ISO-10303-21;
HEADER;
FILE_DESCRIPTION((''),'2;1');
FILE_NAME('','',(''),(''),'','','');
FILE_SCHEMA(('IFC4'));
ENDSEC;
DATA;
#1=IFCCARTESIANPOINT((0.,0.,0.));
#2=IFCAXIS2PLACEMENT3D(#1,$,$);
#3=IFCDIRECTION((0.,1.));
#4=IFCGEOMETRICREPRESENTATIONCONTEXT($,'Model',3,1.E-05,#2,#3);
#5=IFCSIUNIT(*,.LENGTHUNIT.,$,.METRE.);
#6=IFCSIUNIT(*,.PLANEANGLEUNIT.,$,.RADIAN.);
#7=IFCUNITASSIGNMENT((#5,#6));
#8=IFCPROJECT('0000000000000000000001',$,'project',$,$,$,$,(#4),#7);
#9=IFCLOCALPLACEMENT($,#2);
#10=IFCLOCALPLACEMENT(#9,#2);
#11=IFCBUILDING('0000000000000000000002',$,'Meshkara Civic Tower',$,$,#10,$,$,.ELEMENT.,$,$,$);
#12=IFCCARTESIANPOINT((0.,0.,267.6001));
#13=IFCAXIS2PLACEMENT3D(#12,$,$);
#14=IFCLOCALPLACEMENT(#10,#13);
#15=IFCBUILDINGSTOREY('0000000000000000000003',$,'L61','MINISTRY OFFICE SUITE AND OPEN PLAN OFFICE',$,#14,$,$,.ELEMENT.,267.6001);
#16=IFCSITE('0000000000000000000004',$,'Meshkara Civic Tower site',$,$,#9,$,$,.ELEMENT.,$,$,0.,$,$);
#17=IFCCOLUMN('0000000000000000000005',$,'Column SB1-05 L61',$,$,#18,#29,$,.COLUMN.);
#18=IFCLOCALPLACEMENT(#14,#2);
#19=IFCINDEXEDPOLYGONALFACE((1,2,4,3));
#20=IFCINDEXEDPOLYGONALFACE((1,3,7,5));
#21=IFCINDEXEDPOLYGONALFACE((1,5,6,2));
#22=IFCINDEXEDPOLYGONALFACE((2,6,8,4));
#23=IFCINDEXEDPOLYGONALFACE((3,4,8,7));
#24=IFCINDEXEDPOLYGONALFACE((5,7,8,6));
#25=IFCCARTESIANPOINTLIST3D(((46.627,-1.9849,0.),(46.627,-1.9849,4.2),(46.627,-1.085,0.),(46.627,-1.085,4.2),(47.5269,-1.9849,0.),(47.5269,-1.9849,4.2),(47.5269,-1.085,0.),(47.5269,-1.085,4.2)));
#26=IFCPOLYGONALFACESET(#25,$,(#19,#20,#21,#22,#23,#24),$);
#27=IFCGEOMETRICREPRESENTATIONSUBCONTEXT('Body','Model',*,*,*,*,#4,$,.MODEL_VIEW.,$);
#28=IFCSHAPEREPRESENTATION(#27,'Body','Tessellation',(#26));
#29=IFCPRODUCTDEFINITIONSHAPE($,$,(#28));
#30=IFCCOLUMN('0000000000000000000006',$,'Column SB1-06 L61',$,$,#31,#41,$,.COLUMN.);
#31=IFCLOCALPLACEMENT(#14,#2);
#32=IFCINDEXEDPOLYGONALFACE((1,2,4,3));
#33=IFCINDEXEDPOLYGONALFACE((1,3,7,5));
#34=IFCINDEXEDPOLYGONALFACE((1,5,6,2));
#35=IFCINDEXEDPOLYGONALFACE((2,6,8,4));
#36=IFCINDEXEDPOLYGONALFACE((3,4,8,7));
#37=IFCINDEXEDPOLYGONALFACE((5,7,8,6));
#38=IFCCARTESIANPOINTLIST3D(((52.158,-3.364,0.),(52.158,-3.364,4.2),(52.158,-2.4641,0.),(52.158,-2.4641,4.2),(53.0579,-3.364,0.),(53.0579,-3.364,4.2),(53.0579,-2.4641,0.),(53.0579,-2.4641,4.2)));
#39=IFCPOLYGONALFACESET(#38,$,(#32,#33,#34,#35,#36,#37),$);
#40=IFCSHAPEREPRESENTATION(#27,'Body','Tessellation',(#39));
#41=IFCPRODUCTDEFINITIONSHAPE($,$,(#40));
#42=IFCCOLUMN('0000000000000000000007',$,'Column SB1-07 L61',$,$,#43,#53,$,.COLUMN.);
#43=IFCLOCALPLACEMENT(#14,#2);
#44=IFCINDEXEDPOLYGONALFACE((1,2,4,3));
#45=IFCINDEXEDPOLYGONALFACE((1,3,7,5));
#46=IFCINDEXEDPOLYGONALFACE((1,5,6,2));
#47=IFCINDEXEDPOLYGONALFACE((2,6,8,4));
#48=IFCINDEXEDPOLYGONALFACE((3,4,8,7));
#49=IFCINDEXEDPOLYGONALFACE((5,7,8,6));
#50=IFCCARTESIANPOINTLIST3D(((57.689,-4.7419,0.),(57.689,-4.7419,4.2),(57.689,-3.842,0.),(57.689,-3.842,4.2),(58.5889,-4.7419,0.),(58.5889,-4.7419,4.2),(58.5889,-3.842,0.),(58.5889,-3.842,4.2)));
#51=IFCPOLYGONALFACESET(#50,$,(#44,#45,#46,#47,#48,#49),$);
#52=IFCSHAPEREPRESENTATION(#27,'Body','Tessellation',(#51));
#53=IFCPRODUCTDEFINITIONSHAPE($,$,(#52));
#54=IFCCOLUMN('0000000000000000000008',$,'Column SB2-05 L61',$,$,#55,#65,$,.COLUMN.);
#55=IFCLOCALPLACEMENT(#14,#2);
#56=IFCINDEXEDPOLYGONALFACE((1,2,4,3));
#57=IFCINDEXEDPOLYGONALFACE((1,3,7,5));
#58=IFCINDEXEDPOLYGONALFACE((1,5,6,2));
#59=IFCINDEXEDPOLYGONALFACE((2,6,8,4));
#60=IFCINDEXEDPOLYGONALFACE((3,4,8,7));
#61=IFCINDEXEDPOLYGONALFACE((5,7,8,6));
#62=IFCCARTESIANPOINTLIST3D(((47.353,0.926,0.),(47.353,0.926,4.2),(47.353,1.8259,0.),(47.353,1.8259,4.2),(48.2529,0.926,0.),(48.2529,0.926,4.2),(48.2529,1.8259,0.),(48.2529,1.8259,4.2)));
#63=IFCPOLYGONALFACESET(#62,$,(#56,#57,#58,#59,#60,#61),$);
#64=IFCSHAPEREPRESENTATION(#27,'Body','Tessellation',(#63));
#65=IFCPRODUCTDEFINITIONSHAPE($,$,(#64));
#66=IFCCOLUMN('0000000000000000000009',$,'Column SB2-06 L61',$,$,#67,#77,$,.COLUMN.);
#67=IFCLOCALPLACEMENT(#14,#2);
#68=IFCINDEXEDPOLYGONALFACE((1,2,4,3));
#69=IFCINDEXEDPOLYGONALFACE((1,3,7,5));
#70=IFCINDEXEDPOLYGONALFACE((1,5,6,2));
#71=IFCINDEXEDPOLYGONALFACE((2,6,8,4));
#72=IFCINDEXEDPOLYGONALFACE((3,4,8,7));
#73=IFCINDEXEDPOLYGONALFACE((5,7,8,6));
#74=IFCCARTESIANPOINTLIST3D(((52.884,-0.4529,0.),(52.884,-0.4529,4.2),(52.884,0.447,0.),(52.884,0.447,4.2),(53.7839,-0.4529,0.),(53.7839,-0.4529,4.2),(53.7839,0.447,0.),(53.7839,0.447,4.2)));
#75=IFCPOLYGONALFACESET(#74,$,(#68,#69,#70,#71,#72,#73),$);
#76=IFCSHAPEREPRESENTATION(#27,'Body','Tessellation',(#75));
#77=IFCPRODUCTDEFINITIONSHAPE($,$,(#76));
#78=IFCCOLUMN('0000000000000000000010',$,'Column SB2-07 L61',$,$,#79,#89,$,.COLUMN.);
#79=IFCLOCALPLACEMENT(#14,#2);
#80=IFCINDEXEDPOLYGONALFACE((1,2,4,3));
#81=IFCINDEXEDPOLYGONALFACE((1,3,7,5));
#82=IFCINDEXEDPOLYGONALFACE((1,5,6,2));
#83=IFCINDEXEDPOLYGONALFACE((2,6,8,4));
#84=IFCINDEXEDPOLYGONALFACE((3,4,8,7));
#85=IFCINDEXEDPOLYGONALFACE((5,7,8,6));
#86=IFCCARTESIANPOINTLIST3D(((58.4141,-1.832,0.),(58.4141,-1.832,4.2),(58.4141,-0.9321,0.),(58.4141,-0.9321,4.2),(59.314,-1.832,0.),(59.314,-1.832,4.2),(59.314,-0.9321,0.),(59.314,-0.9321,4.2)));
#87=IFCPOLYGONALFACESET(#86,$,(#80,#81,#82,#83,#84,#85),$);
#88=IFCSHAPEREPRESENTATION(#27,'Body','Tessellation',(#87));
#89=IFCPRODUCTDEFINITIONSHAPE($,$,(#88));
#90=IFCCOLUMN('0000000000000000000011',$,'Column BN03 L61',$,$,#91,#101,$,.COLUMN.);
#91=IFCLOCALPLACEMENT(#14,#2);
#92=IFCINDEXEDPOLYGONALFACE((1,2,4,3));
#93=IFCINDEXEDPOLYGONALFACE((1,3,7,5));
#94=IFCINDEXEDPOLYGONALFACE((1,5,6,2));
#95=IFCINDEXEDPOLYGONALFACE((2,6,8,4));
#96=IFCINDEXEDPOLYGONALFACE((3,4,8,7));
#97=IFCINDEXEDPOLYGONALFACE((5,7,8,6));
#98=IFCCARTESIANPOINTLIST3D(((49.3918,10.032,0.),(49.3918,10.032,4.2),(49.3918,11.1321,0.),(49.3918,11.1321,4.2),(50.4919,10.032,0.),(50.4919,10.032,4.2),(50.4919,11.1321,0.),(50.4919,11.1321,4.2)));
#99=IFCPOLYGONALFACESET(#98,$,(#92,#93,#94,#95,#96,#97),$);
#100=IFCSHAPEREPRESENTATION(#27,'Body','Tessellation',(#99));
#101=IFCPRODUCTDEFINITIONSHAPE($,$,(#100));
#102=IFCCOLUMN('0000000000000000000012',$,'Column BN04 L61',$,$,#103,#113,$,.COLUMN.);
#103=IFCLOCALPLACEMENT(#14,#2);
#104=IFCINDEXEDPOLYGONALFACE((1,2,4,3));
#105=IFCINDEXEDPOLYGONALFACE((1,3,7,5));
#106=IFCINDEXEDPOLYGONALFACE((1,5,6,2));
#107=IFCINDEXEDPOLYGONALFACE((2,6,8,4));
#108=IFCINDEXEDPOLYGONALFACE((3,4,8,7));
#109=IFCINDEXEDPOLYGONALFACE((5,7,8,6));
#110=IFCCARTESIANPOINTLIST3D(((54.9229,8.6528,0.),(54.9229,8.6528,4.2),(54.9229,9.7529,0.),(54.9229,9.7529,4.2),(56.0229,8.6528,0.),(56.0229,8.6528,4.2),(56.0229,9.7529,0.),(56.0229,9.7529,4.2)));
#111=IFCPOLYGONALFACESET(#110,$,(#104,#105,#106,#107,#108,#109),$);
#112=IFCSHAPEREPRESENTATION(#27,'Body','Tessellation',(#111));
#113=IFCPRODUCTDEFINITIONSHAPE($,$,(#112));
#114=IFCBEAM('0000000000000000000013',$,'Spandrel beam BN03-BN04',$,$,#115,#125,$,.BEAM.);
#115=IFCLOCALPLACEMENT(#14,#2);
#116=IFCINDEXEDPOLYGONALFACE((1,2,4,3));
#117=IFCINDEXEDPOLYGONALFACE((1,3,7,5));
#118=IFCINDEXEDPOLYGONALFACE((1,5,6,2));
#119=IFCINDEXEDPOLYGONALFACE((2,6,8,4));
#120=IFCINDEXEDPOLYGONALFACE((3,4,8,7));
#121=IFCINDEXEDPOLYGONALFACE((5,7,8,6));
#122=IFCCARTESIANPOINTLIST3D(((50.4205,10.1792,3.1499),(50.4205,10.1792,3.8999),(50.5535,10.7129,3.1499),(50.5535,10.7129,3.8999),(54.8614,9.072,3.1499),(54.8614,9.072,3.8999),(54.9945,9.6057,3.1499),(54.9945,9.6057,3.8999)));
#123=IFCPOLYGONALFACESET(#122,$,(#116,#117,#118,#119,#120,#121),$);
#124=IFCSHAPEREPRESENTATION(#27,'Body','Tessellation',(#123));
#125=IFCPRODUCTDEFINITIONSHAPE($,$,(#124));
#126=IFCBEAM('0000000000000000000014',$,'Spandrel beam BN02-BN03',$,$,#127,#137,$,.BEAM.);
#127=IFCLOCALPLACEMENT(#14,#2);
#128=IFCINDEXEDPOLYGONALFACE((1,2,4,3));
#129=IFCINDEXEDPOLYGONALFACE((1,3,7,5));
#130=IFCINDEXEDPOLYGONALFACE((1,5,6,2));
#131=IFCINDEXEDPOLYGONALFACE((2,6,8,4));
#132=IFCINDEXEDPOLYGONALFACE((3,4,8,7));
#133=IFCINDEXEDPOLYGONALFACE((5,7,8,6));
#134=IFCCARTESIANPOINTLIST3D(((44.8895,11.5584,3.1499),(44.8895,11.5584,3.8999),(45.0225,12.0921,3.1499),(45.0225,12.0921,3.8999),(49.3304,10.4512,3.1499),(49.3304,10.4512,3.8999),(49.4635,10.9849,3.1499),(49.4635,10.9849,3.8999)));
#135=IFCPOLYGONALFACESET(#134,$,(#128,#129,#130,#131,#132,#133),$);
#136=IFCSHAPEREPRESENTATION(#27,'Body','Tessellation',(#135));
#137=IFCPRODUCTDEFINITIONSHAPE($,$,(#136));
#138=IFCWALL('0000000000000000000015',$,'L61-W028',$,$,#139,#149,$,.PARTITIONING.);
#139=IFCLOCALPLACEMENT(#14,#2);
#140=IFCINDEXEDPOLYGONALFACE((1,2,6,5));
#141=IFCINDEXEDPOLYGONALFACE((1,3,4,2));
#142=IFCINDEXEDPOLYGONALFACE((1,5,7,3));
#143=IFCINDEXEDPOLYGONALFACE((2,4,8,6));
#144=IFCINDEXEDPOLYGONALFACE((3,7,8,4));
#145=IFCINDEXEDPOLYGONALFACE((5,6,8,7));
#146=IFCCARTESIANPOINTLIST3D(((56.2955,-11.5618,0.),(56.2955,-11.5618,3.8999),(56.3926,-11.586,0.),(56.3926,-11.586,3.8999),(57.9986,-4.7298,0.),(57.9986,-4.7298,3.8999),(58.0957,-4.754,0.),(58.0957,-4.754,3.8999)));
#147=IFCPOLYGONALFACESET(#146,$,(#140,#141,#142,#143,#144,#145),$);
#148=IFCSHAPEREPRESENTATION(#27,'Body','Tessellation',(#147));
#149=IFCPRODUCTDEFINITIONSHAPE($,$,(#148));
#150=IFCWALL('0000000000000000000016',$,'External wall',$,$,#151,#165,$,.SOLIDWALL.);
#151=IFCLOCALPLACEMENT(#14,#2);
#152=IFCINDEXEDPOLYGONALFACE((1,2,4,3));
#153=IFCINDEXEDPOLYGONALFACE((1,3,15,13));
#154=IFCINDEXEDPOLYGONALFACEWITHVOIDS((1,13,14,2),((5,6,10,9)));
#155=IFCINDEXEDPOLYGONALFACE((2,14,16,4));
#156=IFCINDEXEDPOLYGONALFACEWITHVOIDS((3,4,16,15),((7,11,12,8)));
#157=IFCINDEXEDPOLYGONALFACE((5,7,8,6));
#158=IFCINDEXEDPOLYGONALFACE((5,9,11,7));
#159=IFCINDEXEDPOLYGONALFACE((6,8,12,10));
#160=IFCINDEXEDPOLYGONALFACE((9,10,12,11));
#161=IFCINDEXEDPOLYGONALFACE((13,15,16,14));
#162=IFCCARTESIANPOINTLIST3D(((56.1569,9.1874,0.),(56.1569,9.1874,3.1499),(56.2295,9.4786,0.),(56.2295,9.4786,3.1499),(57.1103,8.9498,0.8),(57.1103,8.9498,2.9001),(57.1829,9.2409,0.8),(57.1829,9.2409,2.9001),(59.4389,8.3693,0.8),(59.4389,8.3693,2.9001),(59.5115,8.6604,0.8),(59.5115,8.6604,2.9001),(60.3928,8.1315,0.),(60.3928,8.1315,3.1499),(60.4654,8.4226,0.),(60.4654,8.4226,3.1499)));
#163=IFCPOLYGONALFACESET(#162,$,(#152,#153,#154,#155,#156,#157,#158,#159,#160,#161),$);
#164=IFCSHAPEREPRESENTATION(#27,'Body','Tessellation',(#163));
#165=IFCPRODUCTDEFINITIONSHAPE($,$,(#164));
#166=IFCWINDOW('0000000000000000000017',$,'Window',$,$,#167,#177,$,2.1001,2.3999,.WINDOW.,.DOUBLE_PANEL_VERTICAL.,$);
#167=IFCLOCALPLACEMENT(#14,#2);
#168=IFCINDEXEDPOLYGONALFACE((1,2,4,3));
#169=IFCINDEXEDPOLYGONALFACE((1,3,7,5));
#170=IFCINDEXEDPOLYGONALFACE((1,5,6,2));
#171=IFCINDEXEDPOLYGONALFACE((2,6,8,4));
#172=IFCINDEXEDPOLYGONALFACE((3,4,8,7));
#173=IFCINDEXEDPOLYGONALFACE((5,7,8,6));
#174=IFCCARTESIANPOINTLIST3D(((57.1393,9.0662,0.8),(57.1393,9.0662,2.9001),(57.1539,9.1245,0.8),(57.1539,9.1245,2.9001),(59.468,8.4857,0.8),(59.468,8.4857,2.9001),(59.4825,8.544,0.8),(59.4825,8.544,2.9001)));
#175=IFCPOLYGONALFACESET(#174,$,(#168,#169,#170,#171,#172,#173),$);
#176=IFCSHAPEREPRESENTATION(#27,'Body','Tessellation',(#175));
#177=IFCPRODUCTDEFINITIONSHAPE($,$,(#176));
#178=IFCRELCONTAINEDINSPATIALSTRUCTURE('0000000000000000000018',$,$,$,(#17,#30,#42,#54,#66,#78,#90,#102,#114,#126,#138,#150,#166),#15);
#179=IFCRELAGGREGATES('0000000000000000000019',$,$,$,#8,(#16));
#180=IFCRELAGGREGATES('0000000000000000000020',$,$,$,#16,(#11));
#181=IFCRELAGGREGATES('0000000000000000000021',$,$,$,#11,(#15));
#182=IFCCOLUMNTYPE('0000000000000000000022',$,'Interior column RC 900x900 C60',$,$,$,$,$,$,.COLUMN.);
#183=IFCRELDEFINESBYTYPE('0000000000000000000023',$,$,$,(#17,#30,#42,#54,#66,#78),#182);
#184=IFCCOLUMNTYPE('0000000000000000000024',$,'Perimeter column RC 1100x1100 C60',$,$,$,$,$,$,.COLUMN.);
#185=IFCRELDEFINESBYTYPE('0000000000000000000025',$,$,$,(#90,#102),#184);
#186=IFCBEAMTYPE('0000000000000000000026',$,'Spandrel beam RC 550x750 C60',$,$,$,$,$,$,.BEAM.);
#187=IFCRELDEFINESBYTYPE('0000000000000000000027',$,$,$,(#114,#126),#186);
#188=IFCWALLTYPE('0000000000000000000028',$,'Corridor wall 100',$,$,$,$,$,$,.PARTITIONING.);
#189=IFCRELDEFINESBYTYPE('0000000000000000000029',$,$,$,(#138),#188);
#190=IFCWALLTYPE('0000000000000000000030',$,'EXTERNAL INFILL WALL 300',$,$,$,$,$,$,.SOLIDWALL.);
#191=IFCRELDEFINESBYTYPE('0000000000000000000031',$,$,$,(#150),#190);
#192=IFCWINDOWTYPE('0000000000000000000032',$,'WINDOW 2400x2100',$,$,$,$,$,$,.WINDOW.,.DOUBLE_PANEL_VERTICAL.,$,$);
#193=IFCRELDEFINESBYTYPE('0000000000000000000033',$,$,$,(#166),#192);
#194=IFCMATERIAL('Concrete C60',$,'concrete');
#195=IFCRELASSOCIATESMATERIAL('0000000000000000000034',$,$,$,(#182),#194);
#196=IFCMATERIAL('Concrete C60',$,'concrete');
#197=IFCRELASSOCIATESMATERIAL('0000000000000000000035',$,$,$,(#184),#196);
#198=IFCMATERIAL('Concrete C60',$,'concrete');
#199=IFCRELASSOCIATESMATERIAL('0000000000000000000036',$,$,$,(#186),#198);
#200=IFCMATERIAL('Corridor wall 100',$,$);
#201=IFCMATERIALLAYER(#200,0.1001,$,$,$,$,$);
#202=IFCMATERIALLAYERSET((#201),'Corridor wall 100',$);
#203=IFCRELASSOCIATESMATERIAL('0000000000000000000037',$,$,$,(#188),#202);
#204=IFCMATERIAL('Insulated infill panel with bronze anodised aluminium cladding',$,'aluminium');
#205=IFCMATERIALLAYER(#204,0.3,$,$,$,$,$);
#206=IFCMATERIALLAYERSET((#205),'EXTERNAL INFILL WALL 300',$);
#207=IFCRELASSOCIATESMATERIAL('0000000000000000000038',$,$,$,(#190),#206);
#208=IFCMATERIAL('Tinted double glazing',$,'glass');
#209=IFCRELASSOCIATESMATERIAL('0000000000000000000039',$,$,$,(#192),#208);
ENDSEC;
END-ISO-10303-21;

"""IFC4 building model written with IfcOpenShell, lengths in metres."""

from ifc_helpers import new_model, si_unit, direction, frame, frame_2d, origin, origin_2d, place, context, subcontext, project, spatial, rectangle, extrude, material, layer, layer_set, material_profile, profile_set, type_object, element, fill, save


model = new_model("IFC4")

# Units and contexts
model_context = context("Model", 3, precision=1e-05, world=origin(), true_north=direction((0.0, 1.0)))
body_context = subcontext(model_context, "Body", "Model", "MODEL_VIEW")
ifc_project = project(units=[si_unit("LENGTHUNIT", "METRE"), si_unit("PLANEANGLEUNIT", "RADIAN")], contexts=[model_context])

# Site, building, storey
site_placement = place(None, origin())
site = spatial("IfcSite", under=ifc_project, at=site_placement, Name="Meshkara Civic Tower site", CompositionType="ELEMENT", RefElevation=0.0)
building_placement = place(site_placement, origin())
building = spatial("IfcBuilding", under=site, at=building_placement, Name="Meshkara Civic Tower", CompositionType="ELEMENT")
storey_placement = place(building_placement, frame((0.0, 0.0, 267.6001)))
storey = spatial("IfcBuildingStorey", under=building, at=storey_placement, Name="L61", Description="MINISTRY OFFICE SUITE AND OPEN PLAN OFFICE", CompositionType="ELEMENT", Elevation=267.6001)

# Columns
ifc_material_1 = material(Name="Concrete C60", Category="concrete")
ifc_material_profile_1 = material_profile(ifc_material_1, rectangle(XDim=0.8999, YDim=0.8999, at=origin_2d()))
ifc_profile_set_1 = profile_set([ifc_material_profile_1], Name="Concrete C60")
column_type_1 = type_object("IfcColumnType", Name="Interior column RC 900x900 C60", PredefinedType="COLUMN", material=ifc_profile_set_1)
for number, where, z_axis, x_axis, name in (
    (1, (47.0769, -1.5349, 0.0), (0.0, 0.0, 1.0), (1.0, 0.0, 0.0), "Column SB1-05 L61"),
    (2, (52.6079, -2.9141, 0.0), (0.0, 0.0, 1.0), (1.0, 0.0, 0.0), "Column SB1-06 L61"),
    (3, (58.1389, -4.292, 0.0), (0.0, 0.0, 1.0), (1.0, 0.0, 0.0), "Column SB1-07 L61"),
    (4, (47.803, 1.376, 0.0), (0.0, 0.0, 1.0), (1.0, 0.0, 0.0), "Column SB2-05 L61"),
    (5, (53.334, -0.0029, 0.0), (0.0, 0.0, 1.0), (1.0, 0.0, 0.0), "Column SB2-06 L61"),
    (6, (58.864, -1.3821, 0.0), (0.0, 0.0, 1.0), (1.0, 0.0, 0.0), "Column SB2-07 L61"),
):
    element("IfcColumn", number, at=place(storey_placement, frame(where, z_axis=z_axis, x_axis=x_axis)), inside=storey, type_object=column_type_1, Name=name, PredefinedType="COLUMN", context=body_context, shape_type="SweptSolid", body=[
        extrude(rectangle(XDim=0.8999, YDim=0.8999, at=origin_2d()), origin(), (0.0, 0.0, 1.0), 4.2),
    ])
ifc_material_2 = material(Name="Concrete C60", Category="concrete")
ifc_material_profile_2 = material_profile(ifc_material_2, rectangle(XDim=1.1001, YDim=1.1001, at=origin_2d()))
ifc_profile_set_2 = profile_set([ifc_material_profile_2], Name="Concrete C60")
column_type_2 = type_object("IfcColumnType", Name="Perimeter column RC 1100x1100 C60", PredefinedType="COLUMN", material=ifc_profile_set_2)
for number, where, z_axis, x_axis, name in (
    (7, (49.9419, 10.582, 0.0), (0.0, 0.0, 1.0), (1.0, 0.0, 0.0), "Column BN03 L61"),
    (8, (55.4729, 9.2029, 0.0), (0.0, 0.0, 1.0), (1.0, 0.0, 0.0), "Column BN04 L61"),
):
    element("IfcColumn", number, at=place(storey_placement, frame(where, z_axis=z_axis, x_axis=x_axis)), inside=storey, type_object=column_type_2, Name=name, PredefinedType="COLUMN", context=body_context, shape_type="SweptSolid", body=[
        extrude(rectangle(XDim=1.1001, YDim=1.1001, at=origin_2d()), origin(), (0.0, 0.0, 1.0), 4.2),
    ])

# Beams
ifc_material_3 = material(Name="Concrete C60", Category="concrete")
ifc_material_profile_3 = material_profile(ifc_material_3, rectangle(XDim=0.55, YDim=0.75, at=origin_2d()))
ifc_profile_set_3 = profile_set([ifc_material_profile_3], Name="Concrete C60")
beam_type = type_object("IfcBeamType", Name="Spandrel beam RC 550x750 C60", PredefinedType="BEAM", material=ifc_profile_set_3)
for number, where, z_axis, x_axis, name in (
    (9, (54.928, 9.3389, 3.5249), (-0.970299, 0.241908, 0.0), (-0.241908, -0.970299, 0.0), "Spandrel beam BN03-BN04"),
    (10, (49.397, 10.718, 3.5249), (-0.970299, 0.241908, 0.0), (-0.241908, -0.970299, 0.0), "Spandrel beam BN02-BN03"),
):
    element("IfcBeam", number, at=place(storey_placement, frame(where, z_axis=z_axis, x_axis=x_axis)), inside=storey, type_object=beam_type, Name=name, PredefinedType="BEAM", context=body_context, shape_type="SweptSolid", body=[
        extrude(rectangle(XDim=0.55, YDim=0.75, at=origin_2d()), origin(), (0.0, 0.0, 1.0), 4.5769),
    ])

# Wall
ifc_material_4 = material(Name="Corridor wall 100")
ifc_layer_1 = layer(ifc_material_4, 0.1001)
ifc_layer_set_1 = layer_set([ifc_layer_1], Name="Corridor wall 100")
wall_type_1 = type_object("IfcWallType", Name="Corridor wall 100", PredefinedType="PARTITIONING", material=ifc_layer_set_1)
wall_1_placement = place(storey_placement, frame((58.0471, -4.7419, 0.0), z_axis=(0.0, 0.0, 1.0), x_axis=(-0.241883, -0.970305, 0.0)))
element("IfcWall", 11, at=wall_1_placement, inside=storey, type_object=wall_type_1, Name="L61-W028", PredefinedType="PARTITIONING", context=body_context, shape_type="SweptSolid", body=[
    extrude(rectangle(XDim=7.041, YDim=0.1001, at=frame_2d((3.5205, 0.0))), origin(), (0.0, 0.0, 1.0), 3.8999),
])

# Wall, opening, window
ifc_material_5 = material(Name="Insulated infill panel with bronze anodised aluminium cladding", Category="aluminium")
ifc_layer_2 = layer(ifc_material_5, 0.3)
ifc_layer_set_2 = layer_set([ifc_layer_2], Name="EXTERNAL INFILL WALL 300")
wall_type_2 = type_object("IfcWallType", Name="EXTERNAL INFILL WALL 300", PredefinedType="SOLIDWALL", material=ifc_layer_set_2)
wall_2_placement = place(storey_placement, frame((60.429, 8.2771, 0.0), z_axis=(0.0, 0.0, 1.0), x_axis=(-0.970307, 0.241878, 0.0)))
wall_2 = element("IfcWall", 12, at=wall_2_placement, inside=storey, type_object=wall_type_2, Name="External wall", PredefinedType="SOLIDWALL", context=body_context, shape_type="SweptSolid", body=[
    extrude(rectangle(XDim=4.3655, YDim=0.3, at=frame_2d((2.1826, 0.0))), origin(), (0.0, 0.0, 1.0), 3.1499),
])
opening_1_placement = place(wall_2_placement, frame((0.9829, 0.0, 0.8)))
opening_1 = element("IfcOpeningElement", 13, at=opening_1_placement, cuts=wall_2, PredefinedType="OPENING", context=body_context, shape_type="SweptSolid", body=[
    extrude(rectangle(XDim=2.3999, YDim=2.1001, at=frame_2d((1.2, 1.05))), frame((0.0, 0.1599, 0.0), z_axis=(0.0, -1.0, 0.0), x_axis=(1.0, 0.0, 0.0)), (0.0, 0.0, 1.0), 0.3201),
])
ifc_material_6 = material(Name="Tinted double glazing", Category="glass")
window_type = type_object("IfcWindowType", Name="WINDOW 2400x2100", PartitioningType="DOUBLE_PANEL_VERTICAL", PredefinedType="WINDOW", material=ifc_material_6)
window_1_placement = place(opening_1_placement, origin())
window_1 = element("IfcWindow", 14, at=window_1_placement, inside=storey, type_object=window_type, Name="Window", OverallHeight=2.1001, OverallWidth=2.3999, PartitioningType="DOUBLE_PANEL_VERTICAL", PredefinedType="WINDOW", context=body_context, shape_type="SweptSolid", body=[
    extrude(rectangle(XDim=2.3999, YDim=2.1001, at=frame_2d((1.2, 1.05))), frame((0.0, 0.03, 0.0), z_axis=(0.0, -1.0, 0.0), x_axis=(1.0, 0.0, 0.0)), (0.0, 0.0, 1.0), 0.0601),
])
fill(opening_1, window_1)

save(model, "model.ifc")
